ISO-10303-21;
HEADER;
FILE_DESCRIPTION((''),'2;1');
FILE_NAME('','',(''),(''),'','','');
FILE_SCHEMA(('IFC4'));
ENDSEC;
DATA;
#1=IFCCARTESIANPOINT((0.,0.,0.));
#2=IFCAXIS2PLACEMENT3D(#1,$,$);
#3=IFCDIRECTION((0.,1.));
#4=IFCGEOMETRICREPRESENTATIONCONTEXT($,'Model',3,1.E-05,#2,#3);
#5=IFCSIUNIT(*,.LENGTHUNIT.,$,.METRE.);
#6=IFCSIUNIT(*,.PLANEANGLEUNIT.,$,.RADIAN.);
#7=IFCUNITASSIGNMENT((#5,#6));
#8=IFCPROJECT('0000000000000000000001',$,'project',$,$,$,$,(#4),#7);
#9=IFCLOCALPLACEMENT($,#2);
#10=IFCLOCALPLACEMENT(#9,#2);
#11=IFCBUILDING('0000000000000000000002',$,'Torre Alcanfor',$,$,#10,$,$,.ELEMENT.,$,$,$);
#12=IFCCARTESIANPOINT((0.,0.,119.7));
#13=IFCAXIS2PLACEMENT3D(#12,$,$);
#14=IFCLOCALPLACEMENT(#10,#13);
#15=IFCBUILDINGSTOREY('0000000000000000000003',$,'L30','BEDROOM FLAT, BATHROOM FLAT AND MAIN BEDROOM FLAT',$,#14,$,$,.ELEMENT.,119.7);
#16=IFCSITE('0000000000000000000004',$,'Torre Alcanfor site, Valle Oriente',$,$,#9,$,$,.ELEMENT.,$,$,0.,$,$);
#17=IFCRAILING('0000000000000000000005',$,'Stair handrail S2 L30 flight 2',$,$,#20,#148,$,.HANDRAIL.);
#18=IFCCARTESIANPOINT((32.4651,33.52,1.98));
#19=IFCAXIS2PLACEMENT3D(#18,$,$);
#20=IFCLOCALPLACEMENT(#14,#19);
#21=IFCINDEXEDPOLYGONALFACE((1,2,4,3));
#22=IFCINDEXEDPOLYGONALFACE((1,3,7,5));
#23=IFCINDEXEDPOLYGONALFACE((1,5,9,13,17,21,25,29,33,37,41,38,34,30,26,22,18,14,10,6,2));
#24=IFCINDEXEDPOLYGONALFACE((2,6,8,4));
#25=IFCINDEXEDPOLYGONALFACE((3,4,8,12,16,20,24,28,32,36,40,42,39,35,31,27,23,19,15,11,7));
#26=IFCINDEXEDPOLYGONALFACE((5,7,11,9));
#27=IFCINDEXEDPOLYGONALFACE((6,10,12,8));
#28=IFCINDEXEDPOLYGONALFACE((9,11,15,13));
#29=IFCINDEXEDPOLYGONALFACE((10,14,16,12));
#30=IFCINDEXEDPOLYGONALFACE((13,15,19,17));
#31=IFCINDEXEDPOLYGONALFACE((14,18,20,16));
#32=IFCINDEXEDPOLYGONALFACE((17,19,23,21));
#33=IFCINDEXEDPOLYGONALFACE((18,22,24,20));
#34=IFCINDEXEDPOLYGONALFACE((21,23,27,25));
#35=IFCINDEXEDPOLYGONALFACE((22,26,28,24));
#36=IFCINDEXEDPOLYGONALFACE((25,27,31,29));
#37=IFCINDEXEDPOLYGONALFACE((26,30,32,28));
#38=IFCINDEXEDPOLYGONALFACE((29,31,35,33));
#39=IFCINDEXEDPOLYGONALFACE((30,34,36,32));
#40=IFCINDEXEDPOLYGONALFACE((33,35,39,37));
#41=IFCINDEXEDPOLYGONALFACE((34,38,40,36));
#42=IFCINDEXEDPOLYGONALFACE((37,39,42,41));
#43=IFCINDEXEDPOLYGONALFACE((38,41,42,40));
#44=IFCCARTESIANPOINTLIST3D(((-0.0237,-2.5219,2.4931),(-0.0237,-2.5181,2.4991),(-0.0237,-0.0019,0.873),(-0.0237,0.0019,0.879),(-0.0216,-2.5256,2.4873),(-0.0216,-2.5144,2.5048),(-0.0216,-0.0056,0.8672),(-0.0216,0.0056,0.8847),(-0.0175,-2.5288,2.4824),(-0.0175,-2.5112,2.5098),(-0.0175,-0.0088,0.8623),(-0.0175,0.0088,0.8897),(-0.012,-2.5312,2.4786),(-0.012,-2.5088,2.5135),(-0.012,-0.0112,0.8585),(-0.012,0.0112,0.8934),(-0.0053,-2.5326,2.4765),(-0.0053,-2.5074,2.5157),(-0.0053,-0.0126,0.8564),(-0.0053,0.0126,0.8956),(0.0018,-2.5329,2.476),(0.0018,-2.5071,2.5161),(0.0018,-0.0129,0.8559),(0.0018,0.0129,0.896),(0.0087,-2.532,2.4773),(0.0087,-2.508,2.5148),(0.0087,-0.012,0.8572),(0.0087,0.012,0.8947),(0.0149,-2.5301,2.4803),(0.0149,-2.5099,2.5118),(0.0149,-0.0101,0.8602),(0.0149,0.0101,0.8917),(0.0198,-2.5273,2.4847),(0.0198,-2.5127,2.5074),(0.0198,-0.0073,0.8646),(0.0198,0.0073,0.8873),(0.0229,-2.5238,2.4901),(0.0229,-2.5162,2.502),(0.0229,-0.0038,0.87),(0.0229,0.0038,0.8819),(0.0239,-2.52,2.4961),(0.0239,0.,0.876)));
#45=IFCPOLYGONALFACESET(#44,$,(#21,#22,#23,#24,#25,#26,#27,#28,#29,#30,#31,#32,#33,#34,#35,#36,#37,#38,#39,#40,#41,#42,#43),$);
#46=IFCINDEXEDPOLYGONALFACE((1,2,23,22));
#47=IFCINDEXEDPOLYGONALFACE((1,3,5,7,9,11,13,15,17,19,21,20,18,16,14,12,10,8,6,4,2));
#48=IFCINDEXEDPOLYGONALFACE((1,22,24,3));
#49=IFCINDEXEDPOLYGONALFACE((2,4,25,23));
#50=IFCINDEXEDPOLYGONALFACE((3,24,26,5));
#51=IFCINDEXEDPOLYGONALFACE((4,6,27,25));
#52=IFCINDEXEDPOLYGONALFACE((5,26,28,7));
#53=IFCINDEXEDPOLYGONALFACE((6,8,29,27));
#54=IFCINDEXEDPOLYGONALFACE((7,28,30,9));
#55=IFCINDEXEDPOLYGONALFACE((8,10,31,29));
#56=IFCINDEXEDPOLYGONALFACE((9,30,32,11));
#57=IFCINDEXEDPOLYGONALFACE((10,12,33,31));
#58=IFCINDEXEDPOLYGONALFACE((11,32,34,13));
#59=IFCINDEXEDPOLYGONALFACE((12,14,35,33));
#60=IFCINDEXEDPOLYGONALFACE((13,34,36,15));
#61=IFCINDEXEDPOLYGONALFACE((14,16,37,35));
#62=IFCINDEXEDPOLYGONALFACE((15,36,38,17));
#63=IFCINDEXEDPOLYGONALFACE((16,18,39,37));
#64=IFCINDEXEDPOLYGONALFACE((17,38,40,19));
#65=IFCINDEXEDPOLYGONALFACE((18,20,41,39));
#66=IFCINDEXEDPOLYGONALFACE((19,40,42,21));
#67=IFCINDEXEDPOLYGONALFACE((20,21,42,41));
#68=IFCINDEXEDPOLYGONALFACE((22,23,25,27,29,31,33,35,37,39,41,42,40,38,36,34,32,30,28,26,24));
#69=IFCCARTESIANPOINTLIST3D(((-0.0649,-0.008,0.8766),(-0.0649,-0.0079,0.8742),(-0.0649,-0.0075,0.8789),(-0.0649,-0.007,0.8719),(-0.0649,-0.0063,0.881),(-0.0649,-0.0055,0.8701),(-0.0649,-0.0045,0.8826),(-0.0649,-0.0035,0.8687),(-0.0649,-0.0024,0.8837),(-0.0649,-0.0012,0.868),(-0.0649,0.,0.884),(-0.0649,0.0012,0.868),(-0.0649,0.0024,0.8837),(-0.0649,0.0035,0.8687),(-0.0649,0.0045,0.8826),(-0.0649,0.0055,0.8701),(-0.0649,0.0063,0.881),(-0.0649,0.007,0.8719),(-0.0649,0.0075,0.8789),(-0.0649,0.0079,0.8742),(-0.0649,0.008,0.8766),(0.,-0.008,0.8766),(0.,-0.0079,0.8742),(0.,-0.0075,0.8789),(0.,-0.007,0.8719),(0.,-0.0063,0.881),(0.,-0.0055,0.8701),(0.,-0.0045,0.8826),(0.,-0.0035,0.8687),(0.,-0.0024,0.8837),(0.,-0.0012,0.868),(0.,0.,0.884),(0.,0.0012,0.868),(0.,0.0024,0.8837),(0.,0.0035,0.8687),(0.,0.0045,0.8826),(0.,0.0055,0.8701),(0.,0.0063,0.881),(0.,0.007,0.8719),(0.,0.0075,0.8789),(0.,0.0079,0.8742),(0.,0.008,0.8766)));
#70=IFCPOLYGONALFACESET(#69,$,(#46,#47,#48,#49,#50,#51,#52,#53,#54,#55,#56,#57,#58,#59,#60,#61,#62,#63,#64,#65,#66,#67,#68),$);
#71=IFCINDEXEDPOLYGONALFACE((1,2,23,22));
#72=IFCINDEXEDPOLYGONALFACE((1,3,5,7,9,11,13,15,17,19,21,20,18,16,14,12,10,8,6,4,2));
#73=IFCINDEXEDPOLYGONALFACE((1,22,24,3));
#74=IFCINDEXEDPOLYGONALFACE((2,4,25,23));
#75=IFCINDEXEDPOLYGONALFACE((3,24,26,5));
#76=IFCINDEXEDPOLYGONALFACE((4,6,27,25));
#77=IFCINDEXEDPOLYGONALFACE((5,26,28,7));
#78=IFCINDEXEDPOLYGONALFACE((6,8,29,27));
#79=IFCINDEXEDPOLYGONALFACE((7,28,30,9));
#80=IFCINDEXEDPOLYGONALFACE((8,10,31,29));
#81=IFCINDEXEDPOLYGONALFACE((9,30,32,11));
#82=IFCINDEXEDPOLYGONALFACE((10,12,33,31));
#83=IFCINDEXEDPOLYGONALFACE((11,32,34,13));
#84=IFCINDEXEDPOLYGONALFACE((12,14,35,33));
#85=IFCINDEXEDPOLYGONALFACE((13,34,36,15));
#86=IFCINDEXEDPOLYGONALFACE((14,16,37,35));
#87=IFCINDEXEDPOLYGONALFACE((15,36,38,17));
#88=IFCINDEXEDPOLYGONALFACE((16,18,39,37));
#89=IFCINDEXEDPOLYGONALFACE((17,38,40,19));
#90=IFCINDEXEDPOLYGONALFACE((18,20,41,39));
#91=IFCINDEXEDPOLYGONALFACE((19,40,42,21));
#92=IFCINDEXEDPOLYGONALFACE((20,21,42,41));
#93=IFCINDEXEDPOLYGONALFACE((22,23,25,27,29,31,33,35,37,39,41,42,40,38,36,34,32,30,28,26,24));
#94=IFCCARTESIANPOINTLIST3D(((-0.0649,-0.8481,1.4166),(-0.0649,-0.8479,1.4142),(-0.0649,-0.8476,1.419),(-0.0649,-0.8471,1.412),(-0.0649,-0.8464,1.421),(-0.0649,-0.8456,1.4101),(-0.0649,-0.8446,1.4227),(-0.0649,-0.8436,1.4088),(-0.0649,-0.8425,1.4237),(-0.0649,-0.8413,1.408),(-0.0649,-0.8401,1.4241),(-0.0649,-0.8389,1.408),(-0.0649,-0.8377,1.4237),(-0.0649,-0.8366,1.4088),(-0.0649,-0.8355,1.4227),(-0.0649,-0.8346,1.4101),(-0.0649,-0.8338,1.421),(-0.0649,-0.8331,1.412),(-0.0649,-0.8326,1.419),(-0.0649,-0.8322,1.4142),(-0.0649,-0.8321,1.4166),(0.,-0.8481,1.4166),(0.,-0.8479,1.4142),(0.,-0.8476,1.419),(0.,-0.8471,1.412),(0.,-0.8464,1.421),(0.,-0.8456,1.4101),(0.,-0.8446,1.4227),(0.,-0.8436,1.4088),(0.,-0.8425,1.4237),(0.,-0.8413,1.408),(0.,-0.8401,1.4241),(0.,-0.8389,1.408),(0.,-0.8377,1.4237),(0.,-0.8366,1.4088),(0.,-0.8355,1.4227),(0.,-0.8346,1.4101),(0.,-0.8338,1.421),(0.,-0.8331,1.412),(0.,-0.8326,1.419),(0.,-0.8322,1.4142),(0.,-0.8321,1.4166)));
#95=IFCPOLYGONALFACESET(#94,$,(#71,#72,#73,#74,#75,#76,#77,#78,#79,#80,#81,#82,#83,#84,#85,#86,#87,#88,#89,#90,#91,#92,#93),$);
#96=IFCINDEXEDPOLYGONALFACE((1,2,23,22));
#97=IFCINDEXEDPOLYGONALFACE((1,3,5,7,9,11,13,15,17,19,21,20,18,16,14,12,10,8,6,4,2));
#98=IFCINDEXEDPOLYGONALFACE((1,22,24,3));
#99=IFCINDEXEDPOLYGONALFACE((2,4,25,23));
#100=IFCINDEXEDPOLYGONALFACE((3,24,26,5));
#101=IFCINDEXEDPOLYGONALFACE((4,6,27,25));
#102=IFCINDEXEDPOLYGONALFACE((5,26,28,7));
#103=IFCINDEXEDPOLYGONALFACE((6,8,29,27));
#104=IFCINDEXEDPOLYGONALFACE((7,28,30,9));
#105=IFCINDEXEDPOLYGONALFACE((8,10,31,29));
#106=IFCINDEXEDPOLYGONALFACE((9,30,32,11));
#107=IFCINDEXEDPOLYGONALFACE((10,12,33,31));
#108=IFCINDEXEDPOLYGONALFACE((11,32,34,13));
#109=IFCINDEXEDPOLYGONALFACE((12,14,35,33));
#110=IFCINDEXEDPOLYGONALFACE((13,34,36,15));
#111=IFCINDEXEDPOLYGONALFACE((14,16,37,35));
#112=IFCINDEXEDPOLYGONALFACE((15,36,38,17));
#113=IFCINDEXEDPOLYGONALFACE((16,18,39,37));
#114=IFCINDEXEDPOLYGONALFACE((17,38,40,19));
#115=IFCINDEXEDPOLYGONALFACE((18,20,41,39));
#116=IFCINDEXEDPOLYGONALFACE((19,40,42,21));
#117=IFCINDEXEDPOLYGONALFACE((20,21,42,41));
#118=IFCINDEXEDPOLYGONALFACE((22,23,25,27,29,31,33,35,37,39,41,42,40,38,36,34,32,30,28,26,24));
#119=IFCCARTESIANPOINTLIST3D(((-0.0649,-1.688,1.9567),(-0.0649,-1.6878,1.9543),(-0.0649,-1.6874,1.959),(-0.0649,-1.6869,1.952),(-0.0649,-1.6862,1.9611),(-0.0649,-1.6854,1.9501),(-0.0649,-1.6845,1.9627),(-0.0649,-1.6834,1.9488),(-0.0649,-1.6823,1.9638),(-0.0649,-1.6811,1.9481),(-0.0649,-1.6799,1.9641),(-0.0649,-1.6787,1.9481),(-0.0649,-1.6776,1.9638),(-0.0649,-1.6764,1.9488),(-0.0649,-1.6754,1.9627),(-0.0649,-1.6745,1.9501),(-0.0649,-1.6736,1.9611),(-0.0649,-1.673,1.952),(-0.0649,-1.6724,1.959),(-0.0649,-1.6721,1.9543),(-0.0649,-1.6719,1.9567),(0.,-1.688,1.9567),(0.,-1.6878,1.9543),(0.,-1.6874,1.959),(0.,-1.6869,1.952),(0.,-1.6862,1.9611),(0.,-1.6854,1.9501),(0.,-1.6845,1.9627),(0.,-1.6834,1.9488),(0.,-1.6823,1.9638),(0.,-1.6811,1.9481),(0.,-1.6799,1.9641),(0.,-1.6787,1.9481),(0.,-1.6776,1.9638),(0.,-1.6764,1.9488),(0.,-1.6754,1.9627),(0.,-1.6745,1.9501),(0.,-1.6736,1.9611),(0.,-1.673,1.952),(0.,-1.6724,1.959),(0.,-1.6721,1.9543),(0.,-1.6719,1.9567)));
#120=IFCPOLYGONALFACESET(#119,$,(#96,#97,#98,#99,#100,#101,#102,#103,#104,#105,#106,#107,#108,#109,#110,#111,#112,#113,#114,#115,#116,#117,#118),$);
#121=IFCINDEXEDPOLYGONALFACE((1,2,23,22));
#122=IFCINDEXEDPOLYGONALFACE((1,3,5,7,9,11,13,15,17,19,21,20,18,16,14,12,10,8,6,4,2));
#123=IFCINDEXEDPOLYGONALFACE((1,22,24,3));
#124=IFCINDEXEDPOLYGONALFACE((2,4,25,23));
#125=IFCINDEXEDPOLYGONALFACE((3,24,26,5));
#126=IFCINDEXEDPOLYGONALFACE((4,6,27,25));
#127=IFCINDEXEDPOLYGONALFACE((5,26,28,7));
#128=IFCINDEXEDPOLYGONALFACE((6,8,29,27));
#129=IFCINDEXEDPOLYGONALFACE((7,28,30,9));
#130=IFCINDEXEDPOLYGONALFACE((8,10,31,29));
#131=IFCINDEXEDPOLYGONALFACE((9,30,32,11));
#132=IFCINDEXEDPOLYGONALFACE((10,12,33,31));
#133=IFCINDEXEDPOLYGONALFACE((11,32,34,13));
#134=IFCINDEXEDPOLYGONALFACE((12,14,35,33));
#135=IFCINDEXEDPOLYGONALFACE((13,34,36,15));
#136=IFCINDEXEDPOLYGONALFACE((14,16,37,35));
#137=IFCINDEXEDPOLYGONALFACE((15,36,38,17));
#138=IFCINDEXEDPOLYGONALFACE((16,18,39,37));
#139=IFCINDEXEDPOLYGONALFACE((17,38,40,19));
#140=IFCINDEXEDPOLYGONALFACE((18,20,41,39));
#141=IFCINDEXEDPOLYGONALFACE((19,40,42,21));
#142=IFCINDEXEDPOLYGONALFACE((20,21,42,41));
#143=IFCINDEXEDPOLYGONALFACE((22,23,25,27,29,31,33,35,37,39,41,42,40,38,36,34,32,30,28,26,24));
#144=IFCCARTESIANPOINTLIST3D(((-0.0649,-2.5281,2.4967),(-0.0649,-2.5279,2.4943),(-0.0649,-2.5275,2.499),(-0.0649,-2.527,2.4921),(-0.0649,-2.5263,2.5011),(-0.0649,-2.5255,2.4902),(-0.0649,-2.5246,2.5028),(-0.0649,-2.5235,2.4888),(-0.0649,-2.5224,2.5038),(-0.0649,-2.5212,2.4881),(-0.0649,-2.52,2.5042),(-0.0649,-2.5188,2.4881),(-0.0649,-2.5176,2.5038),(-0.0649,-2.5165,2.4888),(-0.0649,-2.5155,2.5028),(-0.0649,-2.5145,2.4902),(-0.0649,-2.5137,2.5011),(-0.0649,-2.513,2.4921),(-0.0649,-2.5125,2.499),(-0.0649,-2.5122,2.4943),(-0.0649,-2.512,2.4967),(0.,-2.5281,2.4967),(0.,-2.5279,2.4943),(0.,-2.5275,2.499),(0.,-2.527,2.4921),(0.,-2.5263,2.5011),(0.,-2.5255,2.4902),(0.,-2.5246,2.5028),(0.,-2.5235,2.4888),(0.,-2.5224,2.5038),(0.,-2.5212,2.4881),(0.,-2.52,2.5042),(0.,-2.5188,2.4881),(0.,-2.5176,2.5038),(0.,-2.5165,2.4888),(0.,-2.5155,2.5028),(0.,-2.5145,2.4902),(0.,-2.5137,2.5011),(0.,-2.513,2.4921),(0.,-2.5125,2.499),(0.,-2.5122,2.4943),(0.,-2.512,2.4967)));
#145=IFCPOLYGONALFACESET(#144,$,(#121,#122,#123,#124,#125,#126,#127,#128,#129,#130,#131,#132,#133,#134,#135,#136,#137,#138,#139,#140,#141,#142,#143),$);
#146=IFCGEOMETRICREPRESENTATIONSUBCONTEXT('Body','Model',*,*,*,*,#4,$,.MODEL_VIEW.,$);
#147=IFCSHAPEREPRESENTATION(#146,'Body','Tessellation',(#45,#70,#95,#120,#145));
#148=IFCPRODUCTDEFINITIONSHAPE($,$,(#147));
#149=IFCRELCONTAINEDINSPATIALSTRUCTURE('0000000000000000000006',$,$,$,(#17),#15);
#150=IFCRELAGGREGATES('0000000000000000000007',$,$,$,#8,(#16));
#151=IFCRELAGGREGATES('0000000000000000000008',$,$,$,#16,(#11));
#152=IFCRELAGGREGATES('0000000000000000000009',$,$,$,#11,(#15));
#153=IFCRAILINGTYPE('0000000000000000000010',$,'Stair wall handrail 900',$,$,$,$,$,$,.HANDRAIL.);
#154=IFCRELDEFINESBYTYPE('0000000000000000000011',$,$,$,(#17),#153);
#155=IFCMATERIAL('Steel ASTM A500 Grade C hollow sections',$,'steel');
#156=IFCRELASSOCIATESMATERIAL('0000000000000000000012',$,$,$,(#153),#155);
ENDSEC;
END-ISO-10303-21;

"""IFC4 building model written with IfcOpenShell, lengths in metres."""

from ifc_helpers import new_model, si_unit, direction, frame, origin, origin_2d, place, context, subcontext, project, spatial, circle, extrude, material, type_object, element, save


model = new_model("IFC4")

# Units and contexts
model_context = context("Model", 3, precision=1e-05, world=origin(), true_north=direction((0.0, 1.0)))
body_context = subcontext(model_context, "Body", "Model", "MODEL_VIEW")
ifc_project = project(units=[si_unit("LENGTHUNIT", "METRE"), si_unit("PLANEANGLEUNIT", "RADIAN")], contexts=[model_context])

# Site, building, storey
site_placement = place(None, origin())
site = spatial("IfcSite", under=ifc_project, at=site_placement, Name="Torre Alcanfor site, Valle Oriente", CompositionType="ELEMENT", RefElevation=0.0)
building_placement = place(site_placement, origin())
building = spatial("IfcBuilding", under=site, at=building_placement, Name="Torre Alcanfor", CompositionType="ELEMENT")
storey_placement = place(building_placement, frame((0.0, 0.0, 119.7)))
storey = spatial("IfcBuildingStorey", under=building, at=storey_placement, Name="L30", Description="BEDROOM FLAT, BATHROOM FLAT AND MAIN BEDROOM FLAT", CompositionType="ELEMENT", Elevation=119.7)

# Railing
ifc_material_1 = material(Name="Steel ASTM A500 Grade C hollow sections", Category="steel")
railing_type_1 = type_object("IfcRailingType", Name="Stair wall handrail 900", PredefinedType="HANDRAIL", material=ifc_material_1)
railing_1_placement = place(storey_placement, frame((32.4651, 33.52, 1.98)))
element("IfcRailing", 1, at=railing_1_placement, inside=storey, type_object=railing_type_1, Name="Stair handrail S2 L30 flight 2", PredefinedType="HANDRAIL", context=body_context, shape_type="SweptSolid", body=[
    extrude(circle(Radius=0.0239, at=origin_2d()), frame((0.0, 0.0, 0.876), z_axis=(0.0, -0.841163, 0.540782), x_axis=(1.0, 0.0, 0.0)), (0.0, 0.0, 1.0), 2.9958),
    extrude(circle(Radius=0.0081, at=origin_2d()), frame((0.0, 0.0, 0.876), z_axis=(-1.0, 0.0, 0.0), x_axis=(0.0, 0.0, 1.0)), (0.0, 0.0, 1.0), 0.0649),
    extrude(circle(Radius=0.0081, at=origin_2d()), frame((0.0, -0.8401, 1.416), z_axis=(-1.0, 0.0, 0.0), x_axis=(0.0, 0.0, 1.0)), (0.0, 0.0, 1.0), 0.0649),
    extrude(circle(Radius=0.0081, at=origin_2d()), frame((0.0, -1.6799, 1.9561), z_axis=(-1.0, 0.0, 0.0), x_axis=(0.0, 0.0, 1.0)), (0.0, 0.0, 1.0), 0.0649),
    extrude(circle(Radius=0.0081, at=origin_2d()), frame((0.0, -2.52, 2.4961), z_axis=(-1.0, 0.0, 0.0), x_axis=(0.0, 0.0, 1.0)), (0.0, 0.0, 1.0), 0.0649),
])

save(model, "model.ifc")
